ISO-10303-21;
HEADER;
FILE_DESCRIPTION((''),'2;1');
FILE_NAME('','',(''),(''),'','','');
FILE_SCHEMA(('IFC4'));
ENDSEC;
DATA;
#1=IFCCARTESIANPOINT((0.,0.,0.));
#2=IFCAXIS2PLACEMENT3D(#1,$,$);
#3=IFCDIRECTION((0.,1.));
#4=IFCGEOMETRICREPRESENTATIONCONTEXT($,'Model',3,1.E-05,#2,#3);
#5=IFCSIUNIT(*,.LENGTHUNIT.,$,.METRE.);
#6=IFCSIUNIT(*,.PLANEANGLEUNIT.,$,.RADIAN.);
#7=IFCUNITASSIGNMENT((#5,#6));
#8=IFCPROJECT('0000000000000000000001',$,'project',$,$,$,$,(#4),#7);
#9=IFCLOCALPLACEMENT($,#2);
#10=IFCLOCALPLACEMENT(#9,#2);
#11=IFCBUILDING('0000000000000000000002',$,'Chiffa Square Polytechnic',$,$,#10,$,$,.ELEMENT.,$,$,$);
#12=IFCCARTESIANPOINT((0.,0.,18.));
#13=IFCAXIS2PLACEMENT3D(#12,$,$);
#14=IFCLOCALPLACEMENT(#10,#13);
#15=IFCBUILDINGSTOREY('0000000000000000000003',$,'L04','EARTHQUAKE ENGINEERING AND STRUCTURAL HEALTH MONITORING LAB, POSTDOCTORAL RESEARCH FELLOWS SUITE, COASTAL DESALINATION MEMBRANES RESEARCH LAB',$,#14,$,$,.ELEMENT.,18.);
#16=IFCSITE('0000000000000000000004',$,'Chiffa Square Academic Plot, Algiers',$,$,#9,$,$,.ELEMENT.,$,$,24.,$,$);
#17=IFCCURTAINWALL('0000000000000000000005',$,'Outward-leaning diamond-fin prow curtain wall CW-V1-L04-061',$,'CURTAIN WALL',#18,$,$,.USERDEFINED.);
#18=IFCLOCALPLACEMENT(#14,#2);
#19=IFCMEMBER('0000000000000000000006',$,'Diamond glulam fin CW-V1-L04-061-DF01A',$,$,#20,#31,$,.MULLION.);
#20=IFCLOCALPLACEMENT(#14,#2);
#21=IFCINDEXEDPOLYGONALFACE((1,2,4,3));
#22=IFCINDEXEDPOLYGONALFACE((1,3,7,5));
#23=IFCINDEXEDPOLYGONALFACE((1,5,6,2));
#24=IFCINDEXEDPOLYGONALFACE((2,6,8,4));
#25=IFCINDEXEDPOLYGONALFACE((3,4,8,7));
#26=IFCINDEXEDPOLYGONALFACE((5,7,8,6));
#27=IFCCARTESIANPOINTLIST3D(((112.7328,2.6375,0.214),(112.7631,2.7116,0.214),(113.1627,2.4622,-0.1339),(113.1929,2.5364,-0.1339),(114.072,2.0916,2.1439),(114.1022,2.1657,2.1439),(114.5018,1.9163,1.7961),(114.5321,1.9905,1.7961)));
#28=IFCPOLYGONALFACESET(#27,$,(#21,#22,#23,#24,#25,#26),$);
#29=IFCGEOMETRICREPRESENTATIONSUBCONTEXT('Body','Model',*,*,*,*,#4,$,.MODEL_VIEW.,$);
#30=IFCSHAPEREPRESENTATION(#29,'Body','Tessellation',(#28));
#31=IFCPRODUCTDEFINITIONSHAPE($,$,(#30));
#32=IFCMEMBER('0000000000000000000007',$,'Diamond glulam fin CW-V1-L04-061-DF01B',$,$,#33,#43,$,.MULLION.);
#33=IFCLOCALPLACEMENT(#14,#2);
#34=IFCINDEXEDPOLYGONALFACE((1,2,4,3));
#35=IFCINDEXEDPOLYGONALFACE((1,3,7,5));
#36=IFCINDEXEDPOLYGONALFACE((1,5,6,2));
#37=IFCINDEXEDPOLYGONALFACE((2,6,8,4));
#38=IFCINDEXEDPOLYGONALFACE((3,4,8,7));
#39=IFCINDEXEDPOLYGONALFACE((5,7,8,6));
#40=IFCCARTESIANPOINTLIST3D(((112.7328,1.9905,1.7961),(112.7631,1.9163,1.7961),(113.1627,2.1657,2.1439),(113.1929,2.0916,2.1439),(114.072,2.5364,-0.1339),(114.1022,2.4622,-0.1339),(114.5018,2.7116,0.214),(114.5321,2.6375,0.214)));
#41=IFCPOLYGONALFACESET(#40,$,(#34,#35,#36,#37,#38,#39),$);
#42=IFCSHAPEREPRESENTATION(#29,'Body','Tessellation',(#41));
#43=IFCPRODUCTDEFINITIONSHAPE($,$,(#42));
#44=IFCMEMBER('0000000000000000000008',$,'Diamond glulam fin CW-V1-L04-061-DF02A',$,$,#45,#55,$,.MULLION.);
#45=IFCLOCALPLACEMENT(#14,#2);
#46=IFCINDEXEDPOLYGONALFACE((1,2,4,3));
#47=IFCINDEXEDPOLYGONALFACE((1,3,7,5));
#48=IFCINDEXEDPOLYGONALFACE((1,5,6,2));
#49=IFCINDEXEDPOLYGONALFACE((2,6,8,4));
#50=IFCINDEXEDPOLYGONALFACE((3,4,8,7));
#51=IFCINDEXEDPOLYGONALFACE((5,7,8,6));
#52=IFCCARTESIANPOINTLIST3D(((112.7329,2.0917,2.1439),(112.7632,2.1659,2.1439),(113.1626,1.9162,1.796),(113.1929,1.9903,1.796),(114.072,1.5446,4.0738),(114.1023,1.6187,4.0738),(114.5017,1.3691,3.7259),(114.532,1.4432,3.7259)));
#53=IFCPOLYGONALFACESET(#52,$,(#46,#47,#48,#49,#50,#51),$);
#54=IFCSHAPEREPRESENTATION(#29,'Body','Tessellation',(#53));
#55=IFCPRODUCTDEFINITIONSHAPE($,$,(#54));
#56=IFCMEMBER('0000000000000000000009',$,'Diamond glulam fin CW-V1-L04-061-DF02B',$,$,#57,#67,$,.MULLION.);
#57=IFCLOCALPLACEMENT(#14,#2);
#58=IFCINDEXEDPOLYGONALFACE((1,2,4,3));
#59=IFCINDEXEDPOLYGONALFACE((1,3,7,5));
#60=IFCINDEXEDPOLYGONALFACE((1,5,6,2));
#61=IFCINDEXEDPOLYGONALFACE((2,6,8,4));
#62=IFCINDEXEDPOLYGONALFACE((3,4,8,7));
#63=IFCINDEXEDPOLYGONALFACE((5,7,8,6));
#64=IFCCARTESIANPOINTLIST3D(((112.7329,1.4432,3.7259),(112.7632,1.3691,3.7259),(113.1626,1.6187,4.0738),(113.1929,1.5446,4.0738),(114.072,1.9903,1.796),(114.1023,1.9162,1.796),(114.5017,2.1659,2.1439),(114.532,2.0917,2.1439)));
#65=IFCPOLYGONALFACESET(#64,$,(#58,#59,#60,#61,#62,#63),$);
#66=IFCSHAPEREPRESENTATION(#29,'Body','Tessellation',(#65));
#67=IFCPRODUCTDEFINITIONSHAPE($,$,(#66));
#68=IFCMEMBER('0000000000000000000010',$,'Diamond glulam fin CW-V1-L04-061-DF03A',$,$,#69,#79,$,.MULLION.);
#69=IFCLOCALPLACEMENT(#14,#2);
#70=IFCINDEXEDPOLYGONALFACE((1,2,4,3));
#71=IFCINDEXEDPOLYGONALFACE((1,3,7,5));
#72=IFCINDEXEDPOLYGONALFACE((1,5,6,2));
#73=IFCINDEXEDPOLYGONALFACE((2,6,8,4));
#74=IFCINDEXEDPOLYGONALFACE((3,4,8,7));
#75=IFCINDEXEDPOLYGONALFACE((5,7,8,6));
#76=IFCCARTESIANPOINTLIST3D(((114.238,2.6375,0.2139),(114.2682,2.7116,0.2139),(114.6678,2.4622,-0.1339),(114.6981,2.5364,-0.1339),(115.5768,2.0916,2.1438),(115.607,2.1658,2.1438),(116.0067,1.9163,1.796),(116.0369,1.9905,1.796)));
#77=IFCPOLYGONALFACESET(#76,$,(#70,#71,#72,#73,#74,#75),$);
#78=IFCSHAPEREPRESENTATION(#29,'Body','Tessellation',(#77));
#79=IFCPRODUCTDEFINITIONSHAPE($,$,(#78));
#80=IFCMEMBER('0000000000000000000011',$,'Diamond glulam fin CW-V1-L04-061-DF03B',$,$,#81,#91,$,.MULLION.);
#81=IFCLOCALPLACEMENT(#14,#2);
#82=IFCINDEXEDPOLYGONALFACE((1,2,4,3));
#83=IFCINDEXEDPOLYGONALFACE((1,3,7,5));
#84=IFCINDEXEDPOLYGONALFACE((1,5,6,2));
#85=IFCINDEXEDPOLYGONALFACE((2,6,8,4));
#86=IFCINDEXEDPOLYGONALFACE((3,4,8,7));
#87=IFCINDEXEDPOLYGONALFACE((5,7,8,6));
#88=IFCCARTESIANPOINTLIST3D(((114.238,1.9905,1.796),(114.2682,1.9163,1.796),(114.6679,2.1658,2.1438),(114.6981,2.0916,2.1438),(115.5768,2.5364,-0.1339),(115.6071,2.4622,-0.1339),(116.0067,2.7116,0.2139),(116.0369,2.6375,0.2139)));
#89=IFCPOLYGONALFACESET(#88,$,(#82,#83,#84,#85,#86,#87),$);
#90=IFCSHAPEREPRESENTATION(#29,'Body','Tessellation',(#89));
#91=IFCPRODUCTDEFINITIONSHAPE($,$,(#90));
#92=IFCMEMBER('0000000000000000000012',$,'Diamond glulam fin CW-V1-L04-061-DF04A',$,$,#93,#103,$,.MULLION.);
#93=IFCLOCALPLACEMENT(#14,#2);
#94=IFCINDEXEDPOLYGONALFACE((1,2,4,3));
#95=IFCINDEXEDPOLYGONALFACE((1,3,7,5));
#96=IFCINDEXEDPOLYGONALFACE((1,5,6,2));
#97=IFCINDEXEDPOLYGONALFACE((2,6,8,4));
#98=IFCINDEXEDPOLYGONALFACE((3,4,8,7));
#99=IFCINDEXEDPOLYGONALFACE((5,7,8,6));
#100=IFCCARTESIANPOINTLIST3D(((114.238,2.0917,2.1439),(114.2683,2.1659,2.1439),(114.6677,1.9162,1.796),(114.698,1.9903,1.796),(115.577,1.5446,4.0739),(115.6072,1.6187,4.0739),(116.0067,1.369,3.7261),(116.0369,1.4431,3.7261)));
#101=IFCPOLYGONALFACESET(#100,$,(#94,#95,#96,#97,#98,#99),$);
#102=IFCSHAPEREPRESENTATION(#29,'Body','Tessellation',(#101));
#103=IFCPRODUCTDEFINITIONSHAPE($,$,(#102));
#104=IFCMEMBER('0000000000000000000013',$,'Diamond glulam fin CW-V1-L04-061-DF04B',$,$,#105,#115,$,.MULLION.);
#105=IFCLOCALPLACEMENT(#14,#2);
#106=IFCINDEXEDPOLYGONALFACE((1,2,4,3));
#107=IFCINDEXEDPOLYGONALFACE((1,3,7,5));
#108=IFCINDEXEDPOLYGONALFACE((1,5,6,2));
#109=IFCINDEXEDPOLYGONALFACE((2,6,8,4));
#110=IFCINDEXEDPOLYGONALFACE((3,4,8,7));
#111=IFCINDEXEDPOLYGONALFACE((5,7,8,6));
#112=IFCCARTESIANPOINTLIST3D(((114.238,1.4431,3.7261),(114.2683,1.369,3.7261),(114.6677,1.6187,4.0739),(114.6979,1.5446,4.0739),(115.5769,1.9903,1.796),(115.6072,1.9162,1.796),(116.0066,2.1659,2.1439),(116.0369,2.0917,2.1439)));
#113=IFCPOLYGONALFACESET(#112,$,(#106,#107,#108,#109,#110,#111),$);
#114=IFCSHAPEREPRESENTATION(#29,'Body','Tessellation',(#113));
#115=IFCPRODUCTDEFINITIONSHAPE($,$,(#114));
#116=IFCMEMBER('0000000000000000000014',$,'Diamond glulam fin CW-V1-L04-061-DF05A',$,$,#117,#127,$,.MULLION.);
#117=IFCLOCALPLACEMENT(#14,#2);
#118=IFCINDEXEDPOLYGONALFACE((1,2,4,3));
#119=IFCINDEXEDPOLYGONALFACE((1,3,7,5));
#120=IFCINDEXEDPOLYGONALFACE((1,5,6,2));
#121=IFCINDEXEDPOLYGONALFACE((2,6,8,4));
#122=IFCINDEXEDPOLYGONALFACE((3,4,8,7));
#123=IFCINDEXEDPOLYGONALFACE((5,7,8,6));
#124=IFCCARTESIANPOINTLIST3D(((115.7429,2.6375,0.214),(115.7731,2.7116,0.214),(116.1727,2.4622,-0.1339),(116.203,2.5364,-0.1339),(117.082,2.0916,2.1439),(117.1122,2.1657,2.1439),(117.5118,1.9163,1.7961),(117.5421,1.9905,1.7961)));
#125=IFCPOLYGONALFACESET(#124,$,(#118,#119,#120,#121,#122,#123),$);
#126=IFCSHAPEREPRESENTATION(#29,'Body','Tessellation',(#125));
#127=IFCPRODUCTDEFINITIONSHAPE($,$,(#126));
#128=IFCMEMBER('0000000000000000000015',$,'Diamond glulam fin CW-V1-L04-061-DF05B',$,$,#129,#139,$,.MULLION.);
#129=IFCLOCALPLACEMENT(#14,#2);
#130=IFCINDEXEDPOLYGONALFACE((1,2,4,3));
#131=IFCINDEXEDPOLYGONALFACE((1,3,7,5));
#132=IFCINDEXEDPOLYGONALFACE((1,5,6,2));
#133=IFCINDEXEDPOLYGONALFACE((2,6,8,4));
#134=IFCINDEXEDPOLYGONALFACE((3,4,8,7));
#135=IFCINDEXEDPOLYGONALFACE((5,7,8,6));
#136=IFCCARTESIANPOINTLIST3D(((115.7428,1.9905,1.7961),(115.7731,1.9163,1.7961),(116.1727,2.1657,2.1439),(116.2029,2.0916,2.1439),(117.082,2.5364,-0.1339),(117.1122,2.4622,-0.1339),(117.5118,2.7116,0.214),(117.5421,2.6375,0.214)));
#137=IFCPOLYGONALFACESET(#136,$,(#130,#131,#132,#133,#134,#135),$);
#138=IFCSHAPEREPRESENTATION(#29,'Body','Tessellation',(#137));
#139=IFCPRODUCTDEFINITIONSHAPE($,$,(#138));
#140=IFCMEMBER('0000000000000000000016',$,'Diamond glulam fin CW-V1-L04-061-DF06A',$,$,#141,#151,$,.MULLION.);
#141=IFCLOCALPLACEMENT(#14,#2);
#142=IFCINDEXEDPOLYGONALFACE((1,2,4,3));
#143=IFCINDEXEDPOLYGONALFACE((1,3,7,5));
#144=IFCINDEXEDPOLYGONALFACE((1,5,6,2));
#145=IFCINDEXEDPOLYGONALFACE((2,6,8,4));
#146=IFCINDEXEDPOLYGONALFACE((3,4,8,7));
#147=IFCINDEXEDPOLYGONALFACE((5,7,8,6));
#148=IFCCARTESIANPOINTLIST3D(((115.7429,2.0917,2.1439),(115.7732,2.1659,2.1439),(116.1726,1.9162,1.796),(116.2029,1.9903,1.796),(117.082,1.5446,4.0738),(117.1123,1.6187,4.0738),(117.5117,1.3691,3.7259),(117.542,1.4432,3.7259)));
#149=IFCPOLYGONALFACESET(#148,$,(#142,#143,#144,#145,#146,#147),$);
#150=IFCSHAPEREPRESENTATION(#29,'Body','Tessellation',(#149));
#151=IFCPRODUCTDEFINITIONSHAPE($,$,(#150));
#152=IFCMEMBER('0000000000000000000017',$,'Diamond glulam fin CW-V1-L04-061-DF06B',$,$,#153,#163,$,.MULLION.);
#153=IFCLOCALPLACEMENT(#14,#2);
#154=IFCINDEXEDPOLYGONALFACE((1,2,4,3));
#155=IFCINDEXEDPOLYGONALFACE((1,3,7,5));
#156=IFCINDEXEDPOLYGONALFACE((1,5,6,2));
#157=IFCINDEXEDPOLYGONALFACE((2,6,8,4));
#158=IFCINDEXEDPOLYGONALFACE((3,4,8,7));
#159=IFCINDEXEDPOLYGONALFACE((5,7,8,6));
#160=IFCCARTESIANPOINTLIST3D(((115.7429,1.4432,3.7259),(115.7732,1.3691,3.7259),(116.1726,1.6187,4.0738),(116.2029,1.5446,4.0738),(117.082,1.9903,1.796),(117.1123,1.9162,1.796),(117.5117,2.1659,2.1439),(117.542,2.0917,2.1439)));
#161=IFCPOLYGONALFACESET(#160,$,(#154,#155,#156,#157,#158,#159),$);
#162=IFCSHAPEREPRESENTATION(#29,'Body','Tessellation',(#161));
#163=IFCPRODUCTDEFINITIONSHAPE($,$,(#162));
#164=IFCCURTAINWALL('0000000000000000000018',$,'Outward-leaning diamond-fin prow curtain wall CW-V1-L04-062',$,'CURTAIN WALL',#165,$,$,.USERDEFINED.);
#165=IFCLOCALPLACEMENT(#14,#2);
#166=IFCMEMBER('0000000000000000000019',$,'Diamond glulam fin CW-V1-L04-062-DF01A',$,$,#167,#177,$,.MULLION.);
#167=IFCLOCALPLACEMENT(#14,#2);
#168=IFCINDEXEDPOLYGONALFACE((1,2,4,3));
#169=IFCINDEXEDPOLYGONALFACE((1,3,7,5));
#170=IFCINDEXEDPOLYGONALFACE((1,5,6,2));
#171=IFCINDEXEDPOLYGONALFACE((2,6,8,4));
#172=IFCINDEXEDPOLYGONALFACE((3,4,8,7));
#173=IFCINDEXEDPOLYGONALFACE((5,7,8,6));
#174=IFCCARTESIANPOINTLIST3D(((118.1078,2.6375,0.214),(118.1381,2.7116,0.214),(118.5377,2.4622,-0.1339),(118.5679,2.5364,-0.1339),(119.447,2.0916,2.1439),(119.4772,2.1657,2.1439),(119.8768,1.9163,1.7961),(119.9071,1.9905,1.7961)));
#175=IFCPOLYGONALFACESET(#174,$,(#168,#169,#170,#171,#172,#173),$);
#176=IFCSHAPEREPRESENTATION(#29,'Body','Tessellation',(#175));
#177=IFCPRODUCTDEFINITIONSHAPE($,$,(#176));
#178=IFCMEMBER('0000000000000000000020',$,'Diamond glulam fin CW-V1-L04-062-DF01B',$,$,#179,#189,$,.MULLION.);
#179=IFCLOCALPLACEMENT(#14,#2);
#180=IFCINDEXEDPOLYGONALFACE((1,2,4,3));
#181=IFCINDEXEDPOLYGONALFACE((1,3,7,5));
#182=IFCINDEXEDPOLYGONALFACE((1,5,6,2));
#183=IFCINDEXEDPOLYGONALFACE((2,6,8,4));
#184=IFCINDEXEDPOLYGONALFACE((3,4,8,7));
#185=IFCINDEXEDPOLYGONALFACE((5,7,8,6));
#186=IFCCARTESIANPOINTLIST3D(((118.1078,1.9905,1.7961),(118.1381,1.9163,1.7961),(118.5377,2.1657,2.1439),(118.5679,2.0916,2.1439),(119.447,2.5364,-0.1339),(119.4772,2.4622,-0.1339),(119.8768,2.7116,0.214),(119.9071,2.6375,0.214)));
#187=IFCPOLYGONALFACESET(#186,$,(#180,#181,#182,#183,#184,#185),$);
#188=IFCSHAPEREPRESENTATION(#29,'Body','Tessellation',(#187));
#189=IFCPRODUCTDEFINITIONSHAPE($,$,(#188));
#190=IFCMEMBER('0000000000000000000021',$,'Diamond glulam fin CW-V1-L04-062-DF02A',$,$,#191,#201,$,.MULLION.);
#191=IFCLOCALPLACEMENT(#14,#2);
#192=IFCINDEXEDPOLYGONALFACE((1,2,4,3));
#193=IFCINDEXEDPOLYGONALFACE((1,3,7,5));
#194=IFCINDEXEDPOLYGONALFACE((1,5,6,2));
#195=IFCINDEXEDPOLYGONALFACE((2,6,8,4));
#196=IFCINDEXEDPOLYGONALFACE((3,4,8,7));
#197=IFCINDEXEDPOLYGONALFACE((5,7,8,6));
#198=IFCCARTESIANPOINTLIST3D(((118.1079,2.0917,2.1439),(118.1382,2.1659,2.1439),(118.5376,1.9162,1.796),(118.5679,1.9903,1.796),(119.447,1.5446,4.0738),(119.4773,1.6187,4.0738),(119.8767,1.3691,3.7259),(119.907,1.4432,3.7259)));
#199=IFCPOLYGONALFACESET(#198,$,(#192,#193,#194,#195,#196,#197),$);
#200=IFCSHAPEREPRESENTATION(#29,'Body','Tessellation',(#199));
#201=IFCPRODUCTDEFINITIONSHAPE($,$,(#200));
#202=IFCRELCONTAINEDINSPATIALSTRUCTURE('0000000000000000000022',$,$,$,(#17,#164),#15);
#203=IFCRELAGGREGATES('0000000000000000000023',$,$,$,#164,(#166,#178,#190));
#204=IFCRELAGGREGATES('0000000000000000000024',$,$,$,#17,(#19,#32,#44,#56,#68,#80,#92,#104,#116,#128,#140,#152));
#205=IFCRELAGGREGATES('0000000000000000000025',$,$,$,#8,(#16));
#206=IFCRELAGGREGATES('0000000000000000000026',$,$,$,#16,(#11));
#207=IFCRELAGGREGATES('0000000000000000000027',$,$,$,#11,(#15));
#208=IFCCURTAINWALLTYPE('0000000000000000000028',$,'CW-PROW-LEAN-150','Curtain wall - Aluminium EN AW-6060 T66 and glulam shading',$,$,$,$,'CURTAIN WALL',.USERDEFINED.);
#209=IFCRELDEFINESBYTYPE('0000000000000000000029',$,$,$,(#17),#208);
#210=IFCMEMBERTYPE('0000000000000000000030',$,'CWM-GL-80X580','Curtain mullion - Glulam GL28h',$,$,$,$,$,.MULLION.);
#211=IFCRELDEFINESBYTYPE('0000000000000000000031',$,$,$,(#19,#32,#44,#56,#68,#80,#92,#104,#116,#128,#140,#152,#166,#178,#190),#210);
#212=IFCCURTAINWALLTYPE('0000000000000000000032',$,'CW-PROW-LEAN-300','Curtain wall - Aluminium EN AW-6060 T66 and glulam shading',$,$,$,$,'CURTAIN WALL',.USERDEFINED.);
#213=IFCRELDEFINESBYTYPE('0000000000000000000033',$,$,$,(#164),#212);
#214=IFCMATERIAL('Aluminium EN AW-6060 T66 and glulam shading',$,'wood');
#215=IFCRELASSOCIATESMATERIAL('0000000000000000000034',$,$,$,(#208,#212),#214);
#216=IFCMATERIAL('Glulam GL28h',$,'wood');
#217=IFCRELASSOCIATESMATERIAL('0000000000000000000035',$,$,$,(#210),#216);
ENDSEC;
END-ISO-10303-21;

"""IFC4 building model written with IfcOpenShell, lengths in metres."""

from ifc_helpers import new_model, si_unit, direction, frame, origin, origin_2d, place, context, subcontext, project, spatial, rectangle, extrude, material, material_profile, profile_set, type_object, element, aggregate, save


model = new_model("IFC4")

# Units and contexts
model_context = context("Model", 3, precision=1e-05, world=origin(), true_north=direction((0.0, 1.0)))
body_context = subcontext(model_context, "Body", "Model", "MODEL_VIEW")
ifc_project = project(units=[si_unit("LENGTHUNIT", "METRE"), si_unit("PLANEANGLEUNIT", "RADIAN")], contexts=[model_context])

# Site, building, storey
site_placement = place(None, origin())
site = spatial("IfcSite", under=ifc_project, at=site_placement, Name="Chiffa Square Academic Plot, Algiers", CompositionType="ELEMENT", RefElevation=24.0)
building_placement = place(site_placement, origin())
building = spatial("IfcBuilding", under=site, at=building_placement, Name="Chiffa Square Polytechnic", CompositionType="ELEMENT")
storey_placement = place(building_placement, frame((0.0, 0.0, 18.0)))
storey = spatial("IfcBuildingStorey", under=building, at=storey_placement, Name="L04", Description="EARTHQUAKE ENGINEERING AND STRUCTURAL HEALTH MONITORING LAB, POSTDOCTORAL RESEARCH FELLOWS SUITE, COASTAL DESALINATION MEMBRANES RESEARCH LAB", CompositionType="ELEMENT", Elevation=18.0)

# Curtain walls, members
ifc_material_1 = material(Name="Aluminium EN AW-6060 T66 and glulam shading", Category="wood")
curtain_wall_type_1 = type_object("IfcCurtainWallType", Name="CW-PROW-LEAN-150", Description="Curtain wall - Aluminium EN AW-6060 T66 and glulam shading", ElementType="CURTAIN WALL", PredefinedType="USERDEFINED", material=ifc_material_1)
curtain_wall_1_placement = place(storey_placement, origin())
curtain_wall_1 = element("IfcCurtainWall", 1, at=curtain_wall_1_placement, inside=storey, type_object=curtain_wall_type_1, Name="Outward-leaning diamond-fin prow curtain wall CW-V1-L04-061", ObjectType="CURTAIN WALL", PredefinedType="USERDEFINED")
ifc_material_2 = material(Name="Glulam GL28h", Category="wood")
ifc_material_profile_1 = material_profile(ifc_material_2, rectangle(XDim=0.0801, YDim=0.5801, at=origin_2d()), Name="GL28h 80x580")
ifc_profile_set_1 = profile_set([ifc_material_profile_1], Name="Glulam GL28h")
member_type_1 = type_object("IfcMemberType", Name="CWM-GL-80X580", Description="Curtain mullion - Glulam GL28h", PredefinedType="MULLION", material=ifc_profile_set_1)
member_1_placement = place(storey_placement, frame((112.9629, 2.5869, 0.04), z_axis=(0.555277, -0.226363, 0.800267), x_axis=(0.377495, 0.926012, 0.0)))
member_1 = element("IfcMember", 2, at=member_1_placement, type_object=member_type_1, Name="Diamond glulam fin CW-V1-L04-061-DF01A", PredefinedType="MULLION", context=body_context, shape_type="SweptSolid", body=[
    extrude(rectangle(XDim=0.0801, YDim=0.5801, at=origin_2d()), origin(), (0.0, 0.0, 1.0), 2.4116),
])
member_2_placement = place(storey_placement, frame((114.302, 2.5869, 0.04), z_axis=(-0.555277, -0.226363, 0.800267), x_axis=(0.377495, -0.926012, 0.0)))
member_2 = element("IfcMember", 3, at=member_2_placement, type_object=member_type_1, Name="Diamond glulam fin CW-V1-L04-061-DF01B", PredefinedType="MULLION", context=body_context, shape_type="SweptSolid", body=[
    extrude(rectangle(XDim=0.0801, YDim=0.5801, at=origin_2d()), origin(), (0.0, 0.0, 1.0), 2.4116),
])
member_3_placement = place(storey_placement, frame((112.9629, 2.041, 1.97), z_axis=(0.555213, -0.226843, 0.800175), x_axis=(0.378219, 0.925716, 0.0)))
member_3 = element("IfcMember", 4, at=member_3_placement, type_object=member_type_1, Name="Diamond glulam fin CW-V1-L04-061-DF02A", PredefinedType="MULLION", context=body_context, shape_type="SweptSolid", body=[
    extrude(rectangle(XDim=0.0801, YDim=0.5801, at=origin_2d()), origin(), (0.0, 0.0, 1.0), 2.4119),
])
member_4_placement = place(storey_placement, frame((114.302, 2.041, 1.97), z_axis=(-0.555213, -0.226843, 0.800175), x_axis=(0.378219, -0.925716, 0.0)))
member_4 = element("IfcMember", 5, at=member_4_placement, type_object=member_type_1, Name="Diamond glulam fin CW-V1-L04-061-DF02B", PredefinedType="MULLION", context=body_context, shape_type="SweptSolid", body=[
    extrude(rectangle(XDim=0.0801, YDim=0.5801, at=origin_2d()), origin(), (0.0, 0.0, 1.0), 2.4119),
])
member_5_placement = place(storey_placement, frame((114.468, 2.5869, 0.04), z_axis=(0.555207, -0.226375, 0.800312), x_axis=(0.377554, 0.925987, 0.0)))
member_5 = element("IfcMember", 6, at=member_5_placement, type_object=member_type_1, Name="Diamond glulam fin CW-V1-L04-061-DF03A", PredefinedType="MULLION", context=body_context, shape_type="SweptSolid", body=[
    extrude(rectangle(XDim=0.0801, YDim=0.5801, at=origin_2d()), origin(), (0.0, 0.0, 1.0), 2.4114),
])
member_6_placement = place(storey_placement, frame((115.8069, 2.5869, 0.04), z_axis=(-0.555207, -0.226375, 0.800312), x_axis=(0.377554, -0.925987, 0.0)))
member_6 = element("IfcMember", 7, at=member_6_placement, type_object=member_type_1, Name="Diamond glulam fin CW-V1-L04-061-DF03B", PredefinedType="MULLION", context=body_context, shape_type="SweptSolid", body=[
    extrude(rectangle(XDim=0.0801, YDim=0.5801, at=origin_2d()), origin(), (0.0, 0.0, 1.0), 2.4114),
])
member_7_placement = place(storey_placement, frame((114.468, 2.041, 1.97), z_axis=(0.555143, -0.226856, 0.80022), x_axis=(0.378278, 0.925692, 0.0)))
member_7 = element("IfcMember", 8, at=member_7_placement, type_object=member_type_1, Name="Diamond glulam fin CW-V1-L04-061-DF04A", PredefinedType="MULLION", context=body_context, shape_type="SweptSolid", body=[
    extrude(rectangle(XDim=0.0801, YDim=0.5801, at=origin_2d()), origin(), (0.0, 0.0, 1.0), 2.4119),
])
member_8_placement = place(storey_placement, frame((115.8069, 2.041, 1.97), z_axis=(-0.555143, -0.226856, 0.80022), x_axis=(0.378278, -0.925692, 0.0)))
member_8 = element("IfcMember", 9, at=member_8_placement, type_object=member_type_1, Name="Diamond glulam fin CW-V1-L04-061-DF04B", PredefinedType="MULLION", context=body_context, shape_type="SweptSolid", body=[
    extrude(rectangle(XDim=0.0801, YDim=0.5801, at=origin_2d()), origin(), (0.0, 0.0, 1.0), 2.4119),
])
member_9_placement = place(storey_placement, frame((115.9729, 2.5869, 0.04), z_axis=(0.555277, -0.226363, 0.800267), x_axis=(0.377495, 0.926012, 0.0)))
member_9 = element("IfcMember", 10, at=member_9_placement, type_object=member_type_1, Name="Diamond glulam fin CW-V1-L04-061-DF05A", PredefinedType="MULLION", context=body_context, shape_type="SweptSolid", body=[
    extrude(rectangle(XDim=0.0801, YDim=0.5801, at=origin_2d()), origin(), (0.0, 0.0, 1.0), 2.4116),
])
member_10_placement = place(storey_placement, frame((117.312, 2.5869, 0.04), z_axis=(-0.555277, -0.226363, 0.800267), x_axis=(0.377495, -0.926012, 0.0)))
member_10 = element("IfcMember", 11, at=member_10_placement, type_object=member_type_1, Name="Diamond glulam fin CW-V1-L04-061-DF05B", PredefinedType="MULLION", context=body_context, shape_type="SweptSolid", body=[
    extrude(rectangle(XDim=0.0801, YDim=0.5801, at=origin_2d()), origin(), (0.0, 0.0, 1.0), 2.4116),
])
member_11_placement = place(storey_placement, frame((115.9729, 2.041, 1.97), z_axis=(0.555213, -0.226843, 0.800175), x_axis=(0.378219, 0.925716, 0.0)))
member_11 = element("IfcMember", 12, at=member_11_placement, type_object=member_type_1, Name="Diamond glulam fin CW-V1-L04-061-DF06A", PredefinedType="MULLION", context=body_context, shape_type="SweptSolid", body=[
    extrude(rectangle(XDim=0.0801, YDim=0.5801, at=origin_2d()), origin(), (0.0, 0.0, 1.0), 2.4119),
])
member_12_placement = place(storey_placement, frame((117.312, 2.041, 1.97), z_axis=(-0.555213, -0.226843, 0.800175), x_axis=(0.378219, -0.925716, 0.0)))
member_12 = element("IfcMember", 13, at=member_12_placement, type_object=member_type_1, Name="Diamond glulam fin CW-V1-L04-061-DF06B", PredefinedType="MULLION", context=body_context, shape_type="SweptSolid", body=[
    extrude(rectangle(XDim=0.0801, YDim=0.5801, at=origin_2d()), origin(), (0.0, 0.0, 1.0), 2.4119),
])
curtain_wall_type_2 = type_object("IfcCurtainWallType", Name="CW-PROW-LEAN-300", Description="Curtain wall - Aluminium EN AW-6060 T66 and glulam shading", ElementType="CURTAIN WALL", PredefinedType="USERDEFINED", material=ifc_material_1)
curtain_wall_2_placement = place(storey_placement, origin())
curtain_wall_2 = element("IfcCurtainWall", 14, at=curtain_wall_2_placement, inside=storey, type_object=curtain_wall_type_2, Name="Outward-leaning diamond-fin prow curtain wall CW-V1-L04-062", ObjectType="CURTAIN WALL", PredefinedType="USERDEFINED")
member_13_placement = place(storey_placement, frame((118.3379, 2.5869, 0.04), z_axis=(0.555277, -0.226363, 0.800267), x_axis=(0.377495, 0.926012, 0.0)))
member_13 = element("IfcMember", 15, at=member_13_placement, type_object=member_type_1, Name="Diamond glulam fin CW-V1-L04-062-DF01A", PredefinedType="MULLION", context=body_context, shape_type="SweptSolid", body=[
    extrude(rectangle(XDim=0.0801, YDim=0.5801, at=origin_2d()), origin(), (0.0, 0.0, 1.0), 2.4116),
])
member_14_placement = place(storey_placement, frame((119.677, 2.5869, 0.04), z_axis=(-0.555277, -0.226363, 0.800267), x_axis=(0.377495, -0.926012, 0.0)))
member_14 = element("IfcMember", 16, at=member_14_placement, type_object=member_type_1, Name="Diamond glulam fin CW-V1-L04-062-DF01B", PredefinedType="MULLION", context=body_context, shape_type="SweptSolid", body=[
    extrude(rectangle(XDim=0.0801, YDim=0.5801, at=origin_2d()), origin(), (0.0, 0.0, 1.0), 2.4116),
])
member_15_placement = place(storey_placement, frame((118.3379, 2.041, 1.97), z_axis=(0.555213, -0.226843, 0.800175), x_axis=(0.378219, 0.925716, 0.0)))
member_15 = element("IfcMember", 17, at=member_15_placement, type_object=member_type_1, Name="Diamond glulam fin CW-V1-L04-062-DF02A", PredefinedType="MULLION", context=body_context, shape_type="SweptSolid", body=[
    extrude(rectangle(XDim=0.0801, YDim=0.5801, at=origin_2d()), origin(), (0.0, 0.0, 1.0), 2.4119),
])

aggregate(curtain_wall_2, [member_13, member_14, member_15])
aggregate(curtain_wall_1, [member_1, member_2, member_3, member_4, member_5, member_6, member_7, member_8, member_9, member_10, member_11, member_12])

save(model, "model.ifc")
